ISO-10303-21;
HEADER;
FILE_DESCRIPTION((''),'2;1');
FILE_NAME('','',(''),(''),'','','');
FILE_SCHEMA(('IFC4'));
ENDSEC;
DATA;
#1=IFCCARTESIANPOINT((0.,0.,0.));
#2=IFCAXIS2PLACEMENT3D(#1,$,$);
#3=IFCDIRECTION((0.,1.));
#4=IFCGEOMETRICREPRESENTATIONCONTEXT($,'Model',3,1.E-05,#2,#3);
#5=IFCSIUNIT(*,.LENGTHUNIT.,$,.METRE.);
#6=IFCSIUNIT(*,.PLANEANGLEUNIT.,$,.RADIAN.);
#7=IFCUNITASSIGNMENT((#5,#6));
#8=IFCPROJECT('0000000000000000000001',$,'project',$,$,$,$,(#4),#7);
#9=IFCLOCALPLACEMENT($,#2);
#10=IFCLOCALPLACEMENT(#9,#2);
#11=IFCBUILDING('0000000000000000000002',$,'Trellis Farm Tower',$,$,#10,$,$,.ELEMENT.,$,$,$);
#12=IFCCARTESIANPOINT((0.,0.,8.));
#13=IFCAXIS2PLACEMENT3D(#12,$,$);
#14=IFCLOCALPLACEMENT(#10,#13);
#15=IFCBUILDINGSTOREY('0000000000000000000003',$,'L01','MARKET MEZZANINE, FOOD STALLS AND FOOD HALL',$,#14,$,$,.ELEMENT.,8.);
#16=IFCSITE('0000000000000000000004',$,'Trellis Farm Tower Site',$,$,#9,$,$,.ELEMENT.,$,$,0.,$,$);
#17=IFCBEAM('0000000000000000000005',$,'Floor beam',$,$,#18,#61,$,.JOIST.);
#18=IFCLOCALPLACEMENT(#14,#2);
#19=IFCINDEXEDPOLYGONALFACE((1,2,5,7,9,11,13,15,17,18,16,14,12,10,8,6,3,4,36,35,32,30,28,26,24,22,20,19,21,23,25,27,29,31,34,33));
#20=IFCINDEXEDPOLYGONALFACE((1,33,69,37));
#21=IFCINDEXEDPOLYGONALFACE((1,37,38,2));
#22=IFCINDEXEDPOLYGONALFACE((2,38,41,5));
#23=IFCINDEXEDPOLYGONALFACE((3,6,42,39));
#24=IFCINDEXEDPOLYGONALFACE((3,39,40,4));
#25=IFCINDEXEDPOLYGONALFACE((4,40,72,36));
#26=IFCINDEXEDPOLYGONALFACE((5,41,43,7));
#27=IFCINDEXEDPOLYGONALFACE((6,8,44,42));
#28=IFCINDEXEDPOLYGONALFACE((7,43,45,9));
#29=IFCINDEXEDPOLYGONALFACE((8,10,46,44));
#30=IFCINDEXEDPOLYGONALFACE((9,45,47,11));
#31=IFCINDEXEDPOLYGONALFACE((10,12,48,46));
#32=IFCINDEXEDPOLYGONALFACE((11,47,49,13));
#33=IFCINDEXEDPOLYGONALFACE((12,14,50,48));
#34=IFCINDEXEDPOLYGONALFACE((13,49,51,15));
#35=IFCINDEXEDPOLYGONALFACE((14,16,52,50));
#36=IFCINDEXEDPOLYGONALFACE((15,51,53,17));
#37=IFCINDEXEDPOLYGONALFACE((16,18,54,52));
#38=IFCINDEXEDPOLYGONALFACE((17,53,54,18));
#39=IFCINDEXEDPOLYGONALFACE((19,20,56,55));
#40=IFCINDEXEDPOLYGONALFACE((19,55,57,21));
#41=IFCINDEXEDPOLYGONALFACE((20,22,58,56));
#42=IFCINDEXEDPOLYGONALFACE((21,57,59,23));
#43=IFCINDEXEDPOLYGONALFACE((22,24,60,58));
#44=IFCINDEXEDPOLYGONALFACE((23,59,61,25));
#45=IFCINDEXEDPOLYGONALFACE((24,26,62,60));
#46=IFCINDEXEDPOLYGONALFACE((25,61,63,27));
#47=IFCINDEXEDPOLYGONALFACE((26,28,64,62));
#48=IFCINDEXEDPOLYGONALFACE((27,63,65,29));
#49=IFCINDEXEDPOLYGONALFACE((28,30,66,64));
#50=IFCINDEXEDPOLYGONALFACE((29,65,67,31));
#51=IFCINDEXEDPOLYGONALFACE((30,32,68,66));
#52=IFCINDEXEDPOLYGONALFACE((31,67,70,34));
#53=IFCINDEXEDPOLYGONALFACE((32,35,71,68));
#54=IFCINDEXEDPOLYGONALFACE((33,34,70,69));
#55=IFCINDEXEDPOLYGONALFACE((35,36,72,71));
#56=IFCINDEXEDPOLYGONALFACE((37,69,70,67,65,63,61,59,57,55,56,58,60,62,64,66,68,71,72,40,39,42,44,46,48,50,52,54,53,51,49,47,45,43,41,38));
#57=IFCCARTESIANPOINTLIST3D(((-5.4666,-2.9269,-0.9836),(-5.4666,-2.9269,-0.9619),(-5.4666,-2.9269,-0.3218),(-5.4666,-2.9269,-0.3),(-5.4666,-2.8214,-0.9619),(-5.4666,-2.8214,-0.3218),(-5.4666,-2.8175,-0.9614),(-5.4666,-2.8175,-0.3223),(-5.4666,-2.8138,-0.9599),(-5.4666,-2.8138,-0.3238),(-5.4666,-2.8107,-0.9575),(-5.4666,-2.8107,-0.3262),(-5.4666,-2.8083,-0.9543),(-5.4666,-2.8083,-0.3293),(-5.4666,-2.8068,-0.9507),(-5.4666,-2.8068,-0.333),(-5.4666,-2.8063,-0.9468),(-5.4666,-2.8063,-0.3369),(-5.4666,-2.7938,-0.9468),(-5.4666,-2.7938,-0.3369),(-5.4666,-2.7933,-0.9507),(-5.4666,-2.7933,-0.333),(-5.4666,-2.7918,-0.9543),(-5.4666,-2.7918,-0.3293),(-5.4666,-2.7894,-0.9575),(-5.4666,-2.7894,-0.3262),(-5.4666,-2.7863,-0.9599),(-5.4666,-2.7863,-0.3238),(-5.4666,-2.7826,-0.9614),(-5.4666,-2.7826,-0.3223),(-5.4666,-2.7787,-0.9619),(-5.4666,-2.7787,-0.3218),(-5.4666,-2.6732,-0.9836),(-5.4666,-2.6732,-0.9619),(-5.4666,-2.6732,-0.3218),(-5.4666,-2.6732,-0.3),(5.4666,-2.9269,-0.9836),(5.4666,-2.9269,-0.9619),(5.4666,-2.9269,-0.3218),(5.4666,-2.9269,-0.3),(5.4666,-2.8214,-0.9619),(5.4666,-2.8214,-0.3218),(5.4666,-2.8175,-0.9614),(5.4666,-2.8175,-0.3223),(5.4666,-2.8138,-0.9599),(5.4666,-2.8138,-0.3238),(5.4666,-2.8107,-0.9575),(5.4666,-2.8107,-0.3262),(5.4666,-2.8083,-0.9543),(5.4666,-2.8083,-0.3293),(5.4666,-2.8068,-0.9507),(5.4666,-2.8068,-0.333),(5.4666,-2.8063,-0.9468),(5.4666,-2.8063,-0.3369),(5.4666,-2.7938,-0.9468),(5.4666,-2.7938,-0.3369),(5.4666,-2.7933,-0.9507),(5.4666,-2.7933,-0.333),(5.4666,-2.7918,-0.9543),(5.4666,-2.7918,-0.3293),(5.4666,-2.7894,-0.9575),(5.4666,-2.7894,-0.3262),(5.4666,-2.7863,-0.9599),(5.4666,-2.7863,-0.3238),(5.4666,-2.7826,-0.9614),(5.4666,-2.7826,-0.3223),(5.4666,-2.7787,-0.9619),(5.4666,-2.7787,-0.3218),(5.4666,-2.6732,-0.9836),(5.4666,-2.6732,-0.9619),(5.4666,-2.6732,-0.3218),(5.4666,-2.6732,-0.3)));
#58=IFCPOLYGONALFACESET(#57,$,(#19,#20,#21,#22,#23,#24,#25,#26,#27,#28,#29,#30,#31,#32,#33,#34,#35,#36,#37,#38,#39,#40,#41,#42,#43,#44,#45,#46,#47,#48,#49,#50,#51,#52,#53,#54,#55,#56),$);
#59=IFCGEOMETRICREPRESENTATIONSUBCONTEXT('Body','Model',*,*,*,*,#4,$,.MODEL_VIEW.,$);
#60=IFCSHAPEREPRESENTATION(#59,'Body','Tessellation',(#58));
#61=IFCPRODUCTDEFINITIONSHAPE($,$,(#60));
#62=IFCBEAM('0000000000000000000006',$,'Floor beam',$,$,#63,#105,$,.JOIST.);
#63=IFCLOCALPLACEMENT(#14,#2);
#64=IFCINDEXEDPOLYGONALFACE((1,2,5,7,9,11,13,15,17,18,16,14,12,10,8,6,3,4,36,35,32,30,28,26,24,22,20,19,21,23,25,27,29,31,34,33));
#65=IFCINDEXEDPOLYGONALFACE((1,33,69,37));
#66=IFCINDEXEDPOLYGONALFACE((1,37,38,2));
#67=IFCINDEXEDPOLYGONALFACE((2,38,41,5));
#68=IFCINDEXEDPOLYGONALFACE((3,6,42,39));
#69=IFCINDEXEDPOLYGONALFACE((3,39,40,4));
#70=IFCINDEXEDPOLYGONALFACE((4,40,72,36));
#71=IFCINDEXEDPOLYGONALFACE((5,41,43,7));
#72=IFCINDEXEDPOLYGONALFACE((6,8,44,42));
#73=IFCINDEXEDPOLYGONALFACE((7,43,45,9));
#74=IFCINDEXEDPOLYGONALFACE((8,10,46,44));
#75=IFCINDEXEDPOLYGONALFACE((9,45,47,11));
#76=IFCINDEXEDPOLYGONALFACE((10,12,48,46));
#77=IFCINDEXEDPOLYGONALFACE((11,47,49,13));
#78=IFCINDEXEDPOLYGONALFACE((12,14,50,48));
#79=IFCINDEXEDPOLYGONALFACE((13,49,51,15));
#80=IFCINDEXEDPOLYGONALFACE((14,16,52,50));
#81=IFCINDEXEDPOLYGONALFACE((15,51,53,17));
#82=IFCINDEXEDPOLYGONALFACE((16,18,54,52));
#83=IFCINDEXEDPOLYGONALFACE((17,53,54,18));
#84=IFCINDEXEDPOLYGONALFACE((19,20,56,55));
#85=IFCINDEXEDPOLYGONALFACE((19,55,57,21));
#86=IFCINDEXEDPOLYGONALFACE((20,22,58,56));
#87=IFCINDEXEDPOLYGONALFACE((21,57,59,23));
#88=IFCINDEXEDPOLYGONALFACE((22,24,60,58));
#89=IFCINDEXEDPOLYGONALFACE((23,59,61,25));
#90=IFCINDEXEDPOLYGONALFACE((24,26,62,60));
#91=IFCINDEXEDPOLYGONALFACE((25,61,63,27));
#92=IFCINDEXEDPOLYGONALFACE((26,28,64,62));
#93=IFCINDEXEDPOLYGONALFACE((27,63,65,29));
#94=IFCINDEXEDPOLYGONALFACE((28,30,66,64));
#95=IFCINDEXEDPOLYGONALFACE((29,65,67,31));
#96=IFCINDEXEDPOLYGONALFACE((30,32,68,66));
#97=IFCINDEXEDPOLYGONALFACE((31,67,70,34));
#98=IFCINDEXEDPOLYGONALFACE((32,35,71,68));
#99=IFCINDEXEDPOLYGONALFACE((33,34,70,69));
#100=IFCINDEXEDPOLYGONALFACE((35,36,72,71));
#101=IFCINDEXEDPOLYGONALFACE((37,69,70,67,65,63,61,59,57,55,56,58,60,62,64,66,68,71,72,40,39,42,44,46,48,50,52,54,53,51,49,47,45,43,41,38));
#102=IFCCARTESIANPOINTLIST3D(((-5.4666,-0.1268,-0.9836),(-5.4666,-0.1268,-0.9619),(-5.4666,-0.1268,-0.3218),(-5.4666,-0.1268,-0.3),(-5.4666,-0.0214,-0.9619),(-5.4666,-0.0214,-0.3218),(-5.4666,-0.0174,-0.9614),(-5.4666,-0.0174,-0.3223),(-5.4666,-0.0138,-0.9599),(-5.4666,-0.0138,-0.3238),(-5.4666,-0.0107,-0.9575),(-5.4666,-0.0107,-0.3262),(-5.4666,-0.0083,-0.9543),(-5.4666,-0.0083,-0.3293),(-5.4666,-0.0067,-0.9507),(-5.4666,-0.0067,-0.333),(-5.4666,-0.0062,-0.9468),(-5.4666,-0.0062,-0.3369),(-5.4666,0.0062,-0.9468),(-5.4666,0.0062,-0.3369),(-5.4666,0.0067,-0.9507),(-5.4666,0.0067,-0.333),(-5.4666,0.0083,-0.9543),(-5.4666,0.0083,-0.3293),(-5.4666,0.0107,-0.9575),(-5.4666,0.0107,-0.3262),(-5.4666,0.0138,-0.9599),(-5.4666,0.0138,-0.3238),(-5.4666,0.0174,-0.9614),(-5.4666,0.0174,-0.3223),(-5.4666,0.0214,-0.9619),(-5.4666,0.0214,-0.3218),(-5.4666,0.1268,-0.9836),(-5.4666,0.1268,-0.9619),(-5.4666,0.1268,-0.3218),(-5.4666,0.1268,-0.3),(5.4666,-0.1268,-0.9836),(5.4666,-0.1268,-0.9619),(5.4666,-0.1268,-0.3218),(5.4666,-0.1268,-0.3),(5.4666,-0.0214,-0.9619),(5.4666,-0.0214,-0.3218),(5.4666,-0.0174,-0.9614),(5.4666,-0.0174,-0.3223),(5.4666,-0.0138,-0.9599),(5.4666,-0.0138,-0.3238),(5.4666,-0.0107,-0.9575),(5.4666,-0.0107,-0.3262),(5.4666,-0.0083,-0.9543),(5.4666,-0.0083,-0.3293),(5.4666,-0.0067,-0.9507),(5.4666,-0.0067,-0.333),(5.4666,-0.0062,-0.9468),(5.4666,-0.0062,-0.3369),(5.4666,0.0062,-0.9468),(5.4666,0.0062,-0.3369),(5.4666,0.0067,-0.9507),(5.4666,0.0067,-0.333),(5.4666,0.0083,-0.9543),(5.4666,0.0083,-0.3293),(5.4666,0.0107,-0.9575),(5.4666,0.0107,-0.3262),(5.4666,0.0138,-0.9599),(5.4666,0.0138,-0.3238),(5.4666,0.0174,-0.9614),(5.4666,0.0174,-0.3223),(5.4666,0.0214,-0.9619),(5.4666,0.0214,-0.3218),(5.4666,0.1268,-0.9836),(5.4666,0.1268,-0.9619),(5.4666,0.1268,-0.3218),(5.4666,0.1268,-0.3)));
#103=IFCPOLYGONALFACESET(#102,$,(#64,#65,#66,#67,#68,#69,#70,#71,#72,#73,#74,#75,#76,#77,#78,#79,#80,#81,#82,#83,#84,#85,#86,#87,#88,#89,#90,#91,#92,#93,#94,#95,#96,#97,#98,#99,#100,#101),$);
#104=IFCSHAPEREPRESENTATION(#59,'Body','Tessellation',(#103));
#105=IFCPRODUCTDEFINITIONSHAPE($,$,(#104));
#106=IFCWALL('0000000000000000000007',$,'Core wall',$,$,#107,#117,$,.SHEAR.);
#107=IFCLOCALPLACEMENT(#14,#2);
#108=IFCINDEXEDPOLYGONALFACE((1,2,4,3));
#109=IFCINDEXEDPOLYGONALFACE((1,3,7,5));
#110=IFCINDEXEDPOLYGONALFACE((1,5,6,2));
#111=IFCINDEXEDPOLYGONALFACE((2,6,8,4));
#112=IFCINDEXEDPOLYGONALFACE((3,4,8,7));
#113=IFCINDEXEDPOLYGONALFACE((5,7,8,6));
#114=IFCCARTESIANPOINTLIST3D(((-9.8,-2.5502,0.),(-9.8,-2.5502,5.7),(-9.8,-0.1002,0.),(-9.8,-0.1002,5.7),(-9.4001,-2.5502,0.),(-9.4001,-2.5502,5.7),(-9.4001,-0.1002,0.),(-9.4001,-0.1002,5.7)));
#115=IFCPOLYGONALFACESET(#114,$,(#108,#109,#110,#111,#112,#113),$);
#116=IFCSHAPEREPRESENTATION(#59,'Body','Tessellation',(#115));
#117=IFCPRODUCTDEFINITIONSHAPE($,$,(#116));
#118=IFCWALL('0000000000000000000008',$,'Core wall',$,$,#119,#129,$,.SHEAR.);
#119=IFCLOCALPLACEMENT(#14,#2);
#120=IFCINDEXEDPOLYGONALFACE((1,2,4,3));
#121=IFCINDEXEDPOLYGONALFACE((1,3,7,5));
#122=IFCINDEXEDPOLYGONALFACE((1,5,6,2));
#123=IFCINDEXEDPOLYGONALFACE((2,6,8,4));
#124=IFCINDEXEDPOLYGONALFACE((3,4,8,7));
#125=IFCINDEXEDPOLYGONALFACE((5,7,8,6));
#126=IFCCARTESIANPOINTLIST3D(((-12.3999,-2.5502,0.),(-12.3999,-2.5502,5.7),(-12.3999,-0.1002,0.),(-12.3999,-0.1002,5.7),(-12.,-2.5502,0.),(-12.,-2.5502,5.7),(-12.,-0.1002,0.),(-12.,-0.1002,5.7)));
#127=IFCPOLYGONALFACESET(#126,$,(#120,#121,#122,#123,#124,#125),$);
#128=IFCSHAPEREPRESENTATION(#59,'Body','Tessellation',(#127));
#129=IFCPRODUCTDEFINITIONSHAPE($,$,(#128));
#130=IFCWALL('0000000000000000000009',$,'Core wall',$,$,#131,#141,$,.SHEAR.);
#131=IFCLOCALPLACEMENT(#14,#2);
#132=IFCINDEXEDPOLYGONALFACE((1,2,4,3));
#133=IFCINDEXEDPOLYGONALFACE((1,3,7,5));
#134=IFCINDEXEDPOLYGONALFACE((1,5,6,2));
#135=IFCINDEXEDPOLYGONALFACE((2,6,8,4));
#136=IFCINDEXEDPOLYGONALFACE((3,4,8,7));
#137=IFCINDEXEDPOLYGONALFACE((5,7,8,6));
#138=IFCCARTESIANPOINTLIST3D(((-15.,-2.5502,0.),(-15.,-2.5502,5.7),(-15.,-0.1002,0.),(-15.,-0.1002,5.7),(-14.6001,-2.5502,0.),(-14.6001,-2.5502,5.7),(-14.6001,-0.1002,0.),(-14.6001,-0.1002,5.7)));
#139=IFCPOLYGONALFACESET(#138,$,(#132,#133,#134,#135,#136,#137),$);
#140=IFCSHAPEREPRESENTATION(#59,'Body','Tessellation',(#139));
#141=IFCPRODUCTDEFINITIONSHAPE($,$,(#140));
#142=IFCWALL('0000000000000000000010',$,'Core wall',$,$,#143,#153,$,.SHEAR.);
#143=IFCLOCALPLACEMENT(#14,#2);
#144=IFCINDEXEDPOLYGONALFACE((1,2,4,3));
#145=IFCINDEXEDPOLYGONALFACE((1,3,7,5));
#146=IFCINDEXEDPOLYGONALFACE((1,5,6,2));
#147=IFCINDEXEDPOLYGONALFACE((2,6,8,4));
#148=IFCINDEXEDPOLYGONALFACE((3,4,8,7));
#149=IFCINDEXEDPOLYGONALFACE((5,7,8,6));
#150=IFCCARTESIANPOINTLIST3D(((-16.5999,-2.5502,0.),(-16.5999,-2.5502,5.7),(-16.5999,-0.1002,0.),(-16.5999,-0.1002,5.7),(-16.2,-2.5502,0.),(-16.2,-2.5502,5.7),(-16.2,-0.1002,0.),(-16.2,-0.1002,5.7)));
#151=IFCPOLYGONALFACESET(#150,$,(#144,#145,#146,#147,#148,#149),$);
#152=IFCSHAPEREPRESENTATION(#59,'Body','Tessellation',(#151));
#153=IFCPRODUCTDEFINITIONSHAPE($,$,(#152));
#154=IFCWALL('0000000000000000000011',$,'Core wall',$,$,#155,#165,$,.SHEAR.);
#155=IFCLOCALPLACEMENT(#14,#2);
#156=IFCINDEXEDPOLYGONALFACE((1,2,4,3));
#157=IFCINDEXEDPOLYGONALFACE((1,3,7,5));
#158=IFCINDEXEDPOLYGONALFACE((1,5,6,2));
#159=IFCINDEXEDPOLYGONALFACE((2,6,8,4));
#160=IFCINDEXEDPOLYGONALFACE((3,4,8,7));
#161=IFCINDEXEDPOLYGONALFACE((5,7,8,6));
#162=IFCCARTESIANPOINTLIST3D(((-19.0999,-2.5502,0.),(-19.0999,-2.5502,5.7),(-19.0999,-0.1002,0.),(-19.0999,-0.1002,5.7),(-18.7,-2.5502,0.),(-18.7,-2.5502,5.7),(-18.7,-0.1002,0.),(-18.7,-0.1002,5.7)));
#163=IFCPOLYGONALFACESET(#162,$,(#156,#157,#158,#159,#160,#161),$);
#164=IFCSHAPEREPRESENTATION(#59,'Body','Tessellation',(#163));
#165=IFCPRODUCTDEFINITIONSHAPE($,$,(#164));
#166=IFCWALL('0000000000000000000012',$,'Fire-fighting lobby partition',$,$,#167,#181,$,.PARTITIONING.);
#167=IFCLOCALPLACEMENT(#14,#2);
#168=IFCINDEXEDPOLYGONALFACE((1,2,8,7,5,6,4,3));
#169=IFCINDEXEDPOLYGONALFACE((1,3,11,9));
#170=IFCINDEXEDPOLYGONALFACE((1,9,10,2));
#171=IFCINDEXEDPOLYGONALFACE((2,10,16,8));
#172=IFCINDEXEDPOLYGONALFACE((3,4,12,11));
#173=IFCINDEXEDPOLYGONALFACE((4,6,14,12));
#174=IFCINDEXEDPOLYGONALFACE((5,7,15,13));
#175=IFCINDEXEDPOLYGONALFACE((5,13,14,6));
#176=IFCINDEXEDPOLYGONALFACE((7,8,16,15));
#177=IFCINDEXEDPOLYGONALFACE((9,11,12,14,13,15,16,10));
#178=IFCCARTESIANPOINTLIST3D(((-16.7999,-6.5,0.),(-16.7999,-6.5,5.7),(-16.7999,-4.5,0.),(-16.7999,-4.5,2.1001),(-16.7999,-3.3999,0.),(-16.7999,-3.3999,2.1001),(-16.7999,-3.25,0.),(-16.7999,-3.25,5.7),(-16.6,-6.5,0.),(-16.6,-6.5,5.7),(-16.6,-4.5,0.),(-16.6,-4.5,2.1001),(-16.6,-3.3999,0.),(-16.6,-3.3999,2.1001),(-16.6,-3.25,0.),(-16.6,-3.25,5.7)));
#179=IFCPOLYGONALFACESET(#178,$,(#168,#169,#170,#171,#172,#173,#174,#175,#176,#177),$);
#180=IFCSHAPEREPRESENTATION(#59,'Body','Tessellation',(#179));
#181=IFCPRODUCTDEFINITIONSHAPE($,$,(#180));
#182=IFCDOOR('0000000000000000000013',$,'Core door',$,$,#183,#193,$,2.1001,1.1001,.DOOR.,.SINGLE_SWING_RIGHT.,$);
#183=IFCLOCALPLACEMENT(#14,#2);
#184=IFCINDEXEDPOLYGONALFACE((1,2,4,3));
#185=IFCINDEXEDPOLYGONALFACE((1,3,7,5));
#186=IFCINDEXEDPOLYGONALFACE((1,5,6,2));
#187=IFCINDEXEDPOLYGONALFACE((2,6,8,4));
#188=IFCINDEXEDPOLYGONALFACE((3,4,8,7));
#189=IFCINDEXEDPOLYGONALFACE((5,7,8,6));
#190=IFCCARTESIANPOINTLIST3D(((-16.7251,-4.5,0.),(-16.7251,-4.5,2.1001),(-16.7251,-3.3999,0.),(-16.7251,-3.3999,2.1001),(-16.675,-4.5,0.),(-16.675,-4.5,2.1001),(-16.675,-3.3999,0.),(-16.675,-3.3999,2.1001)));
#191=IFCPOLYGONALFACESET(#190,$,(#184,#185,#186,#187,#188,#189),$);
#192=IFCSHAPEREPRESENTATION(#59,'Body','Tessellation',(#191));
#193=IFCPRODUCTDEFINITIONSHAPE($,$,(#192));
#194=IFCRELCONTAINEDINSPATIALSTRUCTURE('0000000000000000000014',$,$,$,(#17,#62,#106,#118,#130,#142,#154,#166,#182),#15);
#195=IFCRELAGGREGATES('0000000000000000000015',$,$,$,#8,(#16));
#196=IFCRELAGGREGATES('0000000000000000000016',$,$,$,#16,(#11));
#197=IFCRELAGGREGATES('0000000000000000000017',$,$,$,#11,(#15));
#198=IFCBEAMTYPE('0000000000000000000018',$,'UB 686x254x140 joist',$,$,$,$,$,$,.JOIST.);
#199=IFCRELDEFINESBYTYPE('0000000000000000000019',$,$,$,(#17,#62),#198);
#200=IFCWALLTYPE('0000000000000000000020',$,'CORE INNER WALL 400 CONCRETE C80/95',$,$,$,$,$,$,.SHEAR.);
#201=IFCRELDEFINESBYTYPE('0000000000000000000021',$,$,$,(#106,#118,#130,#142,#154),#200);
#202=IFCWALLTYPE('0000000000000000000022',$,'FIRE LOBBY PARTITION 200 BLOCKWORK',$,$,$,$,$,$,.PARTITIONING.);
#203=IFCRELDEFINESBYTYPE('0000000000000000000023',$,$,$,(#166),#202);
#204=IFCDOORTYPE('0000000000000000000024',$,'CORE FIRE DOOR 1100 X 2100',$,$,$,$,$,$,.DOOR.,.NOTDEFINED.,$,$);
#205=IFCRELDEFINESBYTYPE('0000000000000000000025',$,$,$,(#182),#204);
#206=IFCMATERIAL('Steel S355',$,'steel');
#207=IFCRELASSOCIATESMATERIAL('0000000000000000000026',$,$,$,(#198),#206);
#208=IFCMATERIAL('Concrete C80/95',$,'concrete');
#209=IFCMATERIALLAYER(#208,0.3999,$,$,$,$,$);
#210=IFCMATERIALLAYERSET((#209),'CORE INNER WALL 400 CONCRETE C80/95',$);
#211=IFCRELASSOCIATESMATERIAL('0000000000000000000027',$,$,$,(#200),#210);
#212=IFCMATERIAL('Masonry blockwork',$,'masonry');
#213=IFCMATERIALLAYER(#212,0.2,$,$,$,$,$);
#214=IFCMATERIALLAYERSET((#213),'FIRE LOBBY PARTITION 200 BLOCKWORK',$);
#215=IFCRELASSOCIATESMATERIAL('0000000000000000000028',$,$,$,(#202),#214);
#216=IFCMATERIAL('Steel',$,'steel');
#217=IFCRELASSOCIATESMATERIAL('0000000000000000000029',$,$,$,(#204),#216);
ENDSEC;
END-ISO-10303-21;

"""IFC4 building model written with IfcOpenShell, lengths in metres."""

from ifc_helpers import new_model, si_unit, direction, frame, frame_2d, origin, origin_2d, place, context, subcontext, project, spatial, rectangle, i_section, extrude, source, transform, mapped, material, layer, layer_set, material_profile, profile_set, type_object, element, fill, save


model = new_model("IFC4")

# Units and contexts
model_context = context("Model", 3, precision=1e-05, world=origin(), true_north=direction((0.0, 1.0)))
body_context = subcontext(model_context, "Body", "Model", "MODEL_VIEW")
ifc_project = project(units=[si_unit("LENGTHUNIT", "METRE"), si_unit("PLANEANGLEUNIT", "RADIAN")], contexts=[model_context])

# Site, building, storey
site_placement = place(None, origin())
site = spatial("IfcSite", under=ifc_project, at=site_placement, Name="Trellis Farm Tower Site", CompositionType="ELEMENT", RefElevation=0.0)
building_placement = place(site_placement, origin())
building = spatial("IfcBuilding", under=site, at=building_placement, Name="Trellis Farm Tower", CompositionType="ELEMENT")
storey_placement = place(building_placement, frame((0.0, 0.0, 8.0)))
storey = spatial("IfcBuildingStorey", under=building, at=storey_placement, Name="L01", Description="MARKET MEZZANINE, FOOD STALLS AND FOOD HALL", CompositionType="ELEMENT", Elevation=8.0)

# Shared definitions
ifc_material_1 = material(Name="Concrete C80/95", Category="concrete")

# Beams
ifc_material_2 = material(Name="Steel S355", Category="steel")
ifc_material_profile_1 = material_profile(ifc_material_2, i_section(OverallWidth=0.2537, OverallDepth=0.6836, WebThickness=0.0125, FlangeThickness=0.0217, FilletRadius=0.0151, at=origin_2d()), Name="UB 686x254x140")
ifc_profile_set_1 = profile_set([ifc_material_profile_1], Name="Steel S355")
beam_type_1 = type_object("IfcBeamType", Name="UB 686x254x140 joist", PredefinedType="JOIST", material=ifc_profile_set_1)
shared_shape_1 = source(origin(), body_context, "Body", "SweptSolid", [
    extrude(i_section(OverallWidth=0.2537, OverallDepth=0.6836, WebThickness=0.0125, FlangeThickness=0.0217, FilletRadius=0.0151, at=origin_2d()), origin(), (0.0, 0.0, 1.0), 10.9331),
])
for number, where, z_axis, x_axis, name in (
    (1, (-5.4666, -2.8, -0.6418), (1.0, 0.0, 0.0), (0.0, 1.0, 0.0), "Floor beam"),
    (2, (-5.4666, 0.0, -0.6418), (1.0, 0.0, 0.0), (0.0, 1.0, 0.0), "Floor beam"),
):
    element("IfcBeam", number, at=place(storey_placement, frame(where, z_axis=z_axis, x_axis=x_axis)), inside=storey, type_object=beam_type_1, Name=name, PredefinedType="JOIST", context=body_context, shape_type="MappedRepresentation", body=[
        mapped(shared_shape_1, transform((0.0, 0.0, 0.0))),
    ])

# Walls
ifc_layer_1 = layer(ifc_material_1, 0.3999)
ifc_layer_set_1 = layer_set([ifc_layer_1], Name="CORE INNER WALL 400 CONCRETE C80/95")
wall_type_1 = type_object("IfcWallType", Name="CORE INNER WALL 400 CONCRETE C80/95", PredefinedType="SHEAR", material=ifc_layer_set_1)
shared_shape_2 = source(origin(), body_context, "Body", "SweptSolid", [
    extrude(rectangle(XDim=2.45, YDim=0.3999, at=frame_2d((1.2251, 0.0))), origin(), (0.0, 0.0, 1.0), 5.7),
])
for number, where, z_axis, x_axis, name in (
    (3, (-9.6001, -0.1001, 0.0), (0.0, 0.0, 1.0), (0.0, -1.0, 0.0), "Core wall"),
    (4, (-12.2, -0.1001, 0.0), (0.0, 0.0, 1.0), (0.0, -1.0, 0.0), "Core wall"),
    (5, (-14.8, -0.1001, 0.0), (0.0, 0.0, 1.0), (0.0, -1.0, 0.0), "Core wall"),
    (6, (-16.3999, -0.1001, 0.0), (0.0, 0.0, 1.0), (0.0, -1.0, 0.0), "Core wall"),
    (7, (-18.8999, -0.1001, 0.0), (0.0, 0.0, 1.0), (0.0, -1.0, 0.0), "Core wall"),
):
    element("IfcWall", number, at=place(storey_placement, frame(where, z_axis=z_axis, x_axis=x_axis)), inside=storey, type_object=wall_type_1, Name=name, PredefinedType="SHEAR", context=body_context, shape_type="MappedRepresentation", body=[
        mapped(shared_shape_2, transform((0.0, 0.0, 0.0))),
    ])

# Wall, opening, door
ifc_material_3 = material(Name="Masonry blockwork", Category="masonry")
ifc_layer_2 = layer(ifc_material_3, 0.2)
ifc_layer_set_2 = layer_set([ifc_layer_2], Name="FIRE LOBBY PARTITION 200 BLOCKWORK")
wall_type_2 = type_object("IfcWallType", Name="FIRE LOBBY PARTITION 200 BLOCKWORK", PredefinedType="PARTITIONING", material=ifc_layer_set_2)
shared_shape_3 = source(origin(), body_context, "Body", "SweptSolid", [
    extrude(rectangle(XDim=3.25, YDim=0.2, at=frame_2d((1.625, 0.0))), origin(), (0.0, 0.0, 1.0), 5.7),
])
wall_1_placement = place(storey_placement, frame((-16.7, -3.25, 0.0), z_axis=(0.0, 0.0, 1.0), x_axis=(0.0, -1.0, 0.0)))
wall_1 = element("IfcWall", 8, at=wall_1_placement, inside=storey, type_object=wall_type_2, Name="Fire-fighting lobby partition", PredefinedType="PARTITIONING", context=body_context, shape_type="MappedRepresentation", body=[
    mapped(shared_shape_3, transform((0.0, 0.0, 0.0))),
])
shared_shape_4 = source(origin(), body_context, "Body", "SweptSolid", [
    extrude(rectangle(XDim=1.1001, YDim=2.1001, at=frame_2d((0.55, 1.05))), frame((0.0, 0.1101, 0.0), z_axis=(0.0, -1.0, 0.0), x_axis=(1.0, 0.0, 0.0)), (0.0, 0.0, 1.0), 0.2202),
])
opening_1_placement = place(wall_1_placement, frame((0.1499, 0.0, 0.0)))
opening_1 = element("IfcOpeningElement", 9, at=opening_1_placement, cuts=wall_1, PredefinedType="OPENING", context=body_context, shape_type="MappedRepresentation", body=[
    mapped(shared_shape_4, transform((0.0, 0.0, 0.0))),
])
ifc_material_4 = material(Name="Steel", Category="steel")
door_type_1 = type_object("IfcDoorType", Name="CORE FIRE DOOR 1100 X 2100", OperationType="NOTDEFINED", PredefinedType="DOOR", material=ifc_material_4)
shared_shape_5 = source(origin(), body_context, "Body", "SweptSolid", [
    extrude(rectangle(XDim=1.1001, YDim=2.1001, at=frame_2d((0.55, 1.05))), frame((0.0, 0.0249, 0.0), z_axis=(0.0, -1.0, 0.0), x_axis=(1.0, 0.0, 0.0)), (0.0, 0.0, 1.0), 0.05),
])
door_1_placement = place(opening_1_placement, origin())
door_1 = element("IfcDoor", 10, at=door_1_placement, inside=storey, type_object=door_type_1, Name="Core door", OperationType="SINGLE_SWING_RIGHT", OverallHeight=2.1001, OverallWidth=1.1001, PredefinedType="DOOR", context=body_context, shape_type="MappedRepresentation", body=[
    mapped(shared_shape_5, transform((0.0, 0.0, 0.0))),
])
fill(opening_1, door_1)

save(model, "model.ifc")
